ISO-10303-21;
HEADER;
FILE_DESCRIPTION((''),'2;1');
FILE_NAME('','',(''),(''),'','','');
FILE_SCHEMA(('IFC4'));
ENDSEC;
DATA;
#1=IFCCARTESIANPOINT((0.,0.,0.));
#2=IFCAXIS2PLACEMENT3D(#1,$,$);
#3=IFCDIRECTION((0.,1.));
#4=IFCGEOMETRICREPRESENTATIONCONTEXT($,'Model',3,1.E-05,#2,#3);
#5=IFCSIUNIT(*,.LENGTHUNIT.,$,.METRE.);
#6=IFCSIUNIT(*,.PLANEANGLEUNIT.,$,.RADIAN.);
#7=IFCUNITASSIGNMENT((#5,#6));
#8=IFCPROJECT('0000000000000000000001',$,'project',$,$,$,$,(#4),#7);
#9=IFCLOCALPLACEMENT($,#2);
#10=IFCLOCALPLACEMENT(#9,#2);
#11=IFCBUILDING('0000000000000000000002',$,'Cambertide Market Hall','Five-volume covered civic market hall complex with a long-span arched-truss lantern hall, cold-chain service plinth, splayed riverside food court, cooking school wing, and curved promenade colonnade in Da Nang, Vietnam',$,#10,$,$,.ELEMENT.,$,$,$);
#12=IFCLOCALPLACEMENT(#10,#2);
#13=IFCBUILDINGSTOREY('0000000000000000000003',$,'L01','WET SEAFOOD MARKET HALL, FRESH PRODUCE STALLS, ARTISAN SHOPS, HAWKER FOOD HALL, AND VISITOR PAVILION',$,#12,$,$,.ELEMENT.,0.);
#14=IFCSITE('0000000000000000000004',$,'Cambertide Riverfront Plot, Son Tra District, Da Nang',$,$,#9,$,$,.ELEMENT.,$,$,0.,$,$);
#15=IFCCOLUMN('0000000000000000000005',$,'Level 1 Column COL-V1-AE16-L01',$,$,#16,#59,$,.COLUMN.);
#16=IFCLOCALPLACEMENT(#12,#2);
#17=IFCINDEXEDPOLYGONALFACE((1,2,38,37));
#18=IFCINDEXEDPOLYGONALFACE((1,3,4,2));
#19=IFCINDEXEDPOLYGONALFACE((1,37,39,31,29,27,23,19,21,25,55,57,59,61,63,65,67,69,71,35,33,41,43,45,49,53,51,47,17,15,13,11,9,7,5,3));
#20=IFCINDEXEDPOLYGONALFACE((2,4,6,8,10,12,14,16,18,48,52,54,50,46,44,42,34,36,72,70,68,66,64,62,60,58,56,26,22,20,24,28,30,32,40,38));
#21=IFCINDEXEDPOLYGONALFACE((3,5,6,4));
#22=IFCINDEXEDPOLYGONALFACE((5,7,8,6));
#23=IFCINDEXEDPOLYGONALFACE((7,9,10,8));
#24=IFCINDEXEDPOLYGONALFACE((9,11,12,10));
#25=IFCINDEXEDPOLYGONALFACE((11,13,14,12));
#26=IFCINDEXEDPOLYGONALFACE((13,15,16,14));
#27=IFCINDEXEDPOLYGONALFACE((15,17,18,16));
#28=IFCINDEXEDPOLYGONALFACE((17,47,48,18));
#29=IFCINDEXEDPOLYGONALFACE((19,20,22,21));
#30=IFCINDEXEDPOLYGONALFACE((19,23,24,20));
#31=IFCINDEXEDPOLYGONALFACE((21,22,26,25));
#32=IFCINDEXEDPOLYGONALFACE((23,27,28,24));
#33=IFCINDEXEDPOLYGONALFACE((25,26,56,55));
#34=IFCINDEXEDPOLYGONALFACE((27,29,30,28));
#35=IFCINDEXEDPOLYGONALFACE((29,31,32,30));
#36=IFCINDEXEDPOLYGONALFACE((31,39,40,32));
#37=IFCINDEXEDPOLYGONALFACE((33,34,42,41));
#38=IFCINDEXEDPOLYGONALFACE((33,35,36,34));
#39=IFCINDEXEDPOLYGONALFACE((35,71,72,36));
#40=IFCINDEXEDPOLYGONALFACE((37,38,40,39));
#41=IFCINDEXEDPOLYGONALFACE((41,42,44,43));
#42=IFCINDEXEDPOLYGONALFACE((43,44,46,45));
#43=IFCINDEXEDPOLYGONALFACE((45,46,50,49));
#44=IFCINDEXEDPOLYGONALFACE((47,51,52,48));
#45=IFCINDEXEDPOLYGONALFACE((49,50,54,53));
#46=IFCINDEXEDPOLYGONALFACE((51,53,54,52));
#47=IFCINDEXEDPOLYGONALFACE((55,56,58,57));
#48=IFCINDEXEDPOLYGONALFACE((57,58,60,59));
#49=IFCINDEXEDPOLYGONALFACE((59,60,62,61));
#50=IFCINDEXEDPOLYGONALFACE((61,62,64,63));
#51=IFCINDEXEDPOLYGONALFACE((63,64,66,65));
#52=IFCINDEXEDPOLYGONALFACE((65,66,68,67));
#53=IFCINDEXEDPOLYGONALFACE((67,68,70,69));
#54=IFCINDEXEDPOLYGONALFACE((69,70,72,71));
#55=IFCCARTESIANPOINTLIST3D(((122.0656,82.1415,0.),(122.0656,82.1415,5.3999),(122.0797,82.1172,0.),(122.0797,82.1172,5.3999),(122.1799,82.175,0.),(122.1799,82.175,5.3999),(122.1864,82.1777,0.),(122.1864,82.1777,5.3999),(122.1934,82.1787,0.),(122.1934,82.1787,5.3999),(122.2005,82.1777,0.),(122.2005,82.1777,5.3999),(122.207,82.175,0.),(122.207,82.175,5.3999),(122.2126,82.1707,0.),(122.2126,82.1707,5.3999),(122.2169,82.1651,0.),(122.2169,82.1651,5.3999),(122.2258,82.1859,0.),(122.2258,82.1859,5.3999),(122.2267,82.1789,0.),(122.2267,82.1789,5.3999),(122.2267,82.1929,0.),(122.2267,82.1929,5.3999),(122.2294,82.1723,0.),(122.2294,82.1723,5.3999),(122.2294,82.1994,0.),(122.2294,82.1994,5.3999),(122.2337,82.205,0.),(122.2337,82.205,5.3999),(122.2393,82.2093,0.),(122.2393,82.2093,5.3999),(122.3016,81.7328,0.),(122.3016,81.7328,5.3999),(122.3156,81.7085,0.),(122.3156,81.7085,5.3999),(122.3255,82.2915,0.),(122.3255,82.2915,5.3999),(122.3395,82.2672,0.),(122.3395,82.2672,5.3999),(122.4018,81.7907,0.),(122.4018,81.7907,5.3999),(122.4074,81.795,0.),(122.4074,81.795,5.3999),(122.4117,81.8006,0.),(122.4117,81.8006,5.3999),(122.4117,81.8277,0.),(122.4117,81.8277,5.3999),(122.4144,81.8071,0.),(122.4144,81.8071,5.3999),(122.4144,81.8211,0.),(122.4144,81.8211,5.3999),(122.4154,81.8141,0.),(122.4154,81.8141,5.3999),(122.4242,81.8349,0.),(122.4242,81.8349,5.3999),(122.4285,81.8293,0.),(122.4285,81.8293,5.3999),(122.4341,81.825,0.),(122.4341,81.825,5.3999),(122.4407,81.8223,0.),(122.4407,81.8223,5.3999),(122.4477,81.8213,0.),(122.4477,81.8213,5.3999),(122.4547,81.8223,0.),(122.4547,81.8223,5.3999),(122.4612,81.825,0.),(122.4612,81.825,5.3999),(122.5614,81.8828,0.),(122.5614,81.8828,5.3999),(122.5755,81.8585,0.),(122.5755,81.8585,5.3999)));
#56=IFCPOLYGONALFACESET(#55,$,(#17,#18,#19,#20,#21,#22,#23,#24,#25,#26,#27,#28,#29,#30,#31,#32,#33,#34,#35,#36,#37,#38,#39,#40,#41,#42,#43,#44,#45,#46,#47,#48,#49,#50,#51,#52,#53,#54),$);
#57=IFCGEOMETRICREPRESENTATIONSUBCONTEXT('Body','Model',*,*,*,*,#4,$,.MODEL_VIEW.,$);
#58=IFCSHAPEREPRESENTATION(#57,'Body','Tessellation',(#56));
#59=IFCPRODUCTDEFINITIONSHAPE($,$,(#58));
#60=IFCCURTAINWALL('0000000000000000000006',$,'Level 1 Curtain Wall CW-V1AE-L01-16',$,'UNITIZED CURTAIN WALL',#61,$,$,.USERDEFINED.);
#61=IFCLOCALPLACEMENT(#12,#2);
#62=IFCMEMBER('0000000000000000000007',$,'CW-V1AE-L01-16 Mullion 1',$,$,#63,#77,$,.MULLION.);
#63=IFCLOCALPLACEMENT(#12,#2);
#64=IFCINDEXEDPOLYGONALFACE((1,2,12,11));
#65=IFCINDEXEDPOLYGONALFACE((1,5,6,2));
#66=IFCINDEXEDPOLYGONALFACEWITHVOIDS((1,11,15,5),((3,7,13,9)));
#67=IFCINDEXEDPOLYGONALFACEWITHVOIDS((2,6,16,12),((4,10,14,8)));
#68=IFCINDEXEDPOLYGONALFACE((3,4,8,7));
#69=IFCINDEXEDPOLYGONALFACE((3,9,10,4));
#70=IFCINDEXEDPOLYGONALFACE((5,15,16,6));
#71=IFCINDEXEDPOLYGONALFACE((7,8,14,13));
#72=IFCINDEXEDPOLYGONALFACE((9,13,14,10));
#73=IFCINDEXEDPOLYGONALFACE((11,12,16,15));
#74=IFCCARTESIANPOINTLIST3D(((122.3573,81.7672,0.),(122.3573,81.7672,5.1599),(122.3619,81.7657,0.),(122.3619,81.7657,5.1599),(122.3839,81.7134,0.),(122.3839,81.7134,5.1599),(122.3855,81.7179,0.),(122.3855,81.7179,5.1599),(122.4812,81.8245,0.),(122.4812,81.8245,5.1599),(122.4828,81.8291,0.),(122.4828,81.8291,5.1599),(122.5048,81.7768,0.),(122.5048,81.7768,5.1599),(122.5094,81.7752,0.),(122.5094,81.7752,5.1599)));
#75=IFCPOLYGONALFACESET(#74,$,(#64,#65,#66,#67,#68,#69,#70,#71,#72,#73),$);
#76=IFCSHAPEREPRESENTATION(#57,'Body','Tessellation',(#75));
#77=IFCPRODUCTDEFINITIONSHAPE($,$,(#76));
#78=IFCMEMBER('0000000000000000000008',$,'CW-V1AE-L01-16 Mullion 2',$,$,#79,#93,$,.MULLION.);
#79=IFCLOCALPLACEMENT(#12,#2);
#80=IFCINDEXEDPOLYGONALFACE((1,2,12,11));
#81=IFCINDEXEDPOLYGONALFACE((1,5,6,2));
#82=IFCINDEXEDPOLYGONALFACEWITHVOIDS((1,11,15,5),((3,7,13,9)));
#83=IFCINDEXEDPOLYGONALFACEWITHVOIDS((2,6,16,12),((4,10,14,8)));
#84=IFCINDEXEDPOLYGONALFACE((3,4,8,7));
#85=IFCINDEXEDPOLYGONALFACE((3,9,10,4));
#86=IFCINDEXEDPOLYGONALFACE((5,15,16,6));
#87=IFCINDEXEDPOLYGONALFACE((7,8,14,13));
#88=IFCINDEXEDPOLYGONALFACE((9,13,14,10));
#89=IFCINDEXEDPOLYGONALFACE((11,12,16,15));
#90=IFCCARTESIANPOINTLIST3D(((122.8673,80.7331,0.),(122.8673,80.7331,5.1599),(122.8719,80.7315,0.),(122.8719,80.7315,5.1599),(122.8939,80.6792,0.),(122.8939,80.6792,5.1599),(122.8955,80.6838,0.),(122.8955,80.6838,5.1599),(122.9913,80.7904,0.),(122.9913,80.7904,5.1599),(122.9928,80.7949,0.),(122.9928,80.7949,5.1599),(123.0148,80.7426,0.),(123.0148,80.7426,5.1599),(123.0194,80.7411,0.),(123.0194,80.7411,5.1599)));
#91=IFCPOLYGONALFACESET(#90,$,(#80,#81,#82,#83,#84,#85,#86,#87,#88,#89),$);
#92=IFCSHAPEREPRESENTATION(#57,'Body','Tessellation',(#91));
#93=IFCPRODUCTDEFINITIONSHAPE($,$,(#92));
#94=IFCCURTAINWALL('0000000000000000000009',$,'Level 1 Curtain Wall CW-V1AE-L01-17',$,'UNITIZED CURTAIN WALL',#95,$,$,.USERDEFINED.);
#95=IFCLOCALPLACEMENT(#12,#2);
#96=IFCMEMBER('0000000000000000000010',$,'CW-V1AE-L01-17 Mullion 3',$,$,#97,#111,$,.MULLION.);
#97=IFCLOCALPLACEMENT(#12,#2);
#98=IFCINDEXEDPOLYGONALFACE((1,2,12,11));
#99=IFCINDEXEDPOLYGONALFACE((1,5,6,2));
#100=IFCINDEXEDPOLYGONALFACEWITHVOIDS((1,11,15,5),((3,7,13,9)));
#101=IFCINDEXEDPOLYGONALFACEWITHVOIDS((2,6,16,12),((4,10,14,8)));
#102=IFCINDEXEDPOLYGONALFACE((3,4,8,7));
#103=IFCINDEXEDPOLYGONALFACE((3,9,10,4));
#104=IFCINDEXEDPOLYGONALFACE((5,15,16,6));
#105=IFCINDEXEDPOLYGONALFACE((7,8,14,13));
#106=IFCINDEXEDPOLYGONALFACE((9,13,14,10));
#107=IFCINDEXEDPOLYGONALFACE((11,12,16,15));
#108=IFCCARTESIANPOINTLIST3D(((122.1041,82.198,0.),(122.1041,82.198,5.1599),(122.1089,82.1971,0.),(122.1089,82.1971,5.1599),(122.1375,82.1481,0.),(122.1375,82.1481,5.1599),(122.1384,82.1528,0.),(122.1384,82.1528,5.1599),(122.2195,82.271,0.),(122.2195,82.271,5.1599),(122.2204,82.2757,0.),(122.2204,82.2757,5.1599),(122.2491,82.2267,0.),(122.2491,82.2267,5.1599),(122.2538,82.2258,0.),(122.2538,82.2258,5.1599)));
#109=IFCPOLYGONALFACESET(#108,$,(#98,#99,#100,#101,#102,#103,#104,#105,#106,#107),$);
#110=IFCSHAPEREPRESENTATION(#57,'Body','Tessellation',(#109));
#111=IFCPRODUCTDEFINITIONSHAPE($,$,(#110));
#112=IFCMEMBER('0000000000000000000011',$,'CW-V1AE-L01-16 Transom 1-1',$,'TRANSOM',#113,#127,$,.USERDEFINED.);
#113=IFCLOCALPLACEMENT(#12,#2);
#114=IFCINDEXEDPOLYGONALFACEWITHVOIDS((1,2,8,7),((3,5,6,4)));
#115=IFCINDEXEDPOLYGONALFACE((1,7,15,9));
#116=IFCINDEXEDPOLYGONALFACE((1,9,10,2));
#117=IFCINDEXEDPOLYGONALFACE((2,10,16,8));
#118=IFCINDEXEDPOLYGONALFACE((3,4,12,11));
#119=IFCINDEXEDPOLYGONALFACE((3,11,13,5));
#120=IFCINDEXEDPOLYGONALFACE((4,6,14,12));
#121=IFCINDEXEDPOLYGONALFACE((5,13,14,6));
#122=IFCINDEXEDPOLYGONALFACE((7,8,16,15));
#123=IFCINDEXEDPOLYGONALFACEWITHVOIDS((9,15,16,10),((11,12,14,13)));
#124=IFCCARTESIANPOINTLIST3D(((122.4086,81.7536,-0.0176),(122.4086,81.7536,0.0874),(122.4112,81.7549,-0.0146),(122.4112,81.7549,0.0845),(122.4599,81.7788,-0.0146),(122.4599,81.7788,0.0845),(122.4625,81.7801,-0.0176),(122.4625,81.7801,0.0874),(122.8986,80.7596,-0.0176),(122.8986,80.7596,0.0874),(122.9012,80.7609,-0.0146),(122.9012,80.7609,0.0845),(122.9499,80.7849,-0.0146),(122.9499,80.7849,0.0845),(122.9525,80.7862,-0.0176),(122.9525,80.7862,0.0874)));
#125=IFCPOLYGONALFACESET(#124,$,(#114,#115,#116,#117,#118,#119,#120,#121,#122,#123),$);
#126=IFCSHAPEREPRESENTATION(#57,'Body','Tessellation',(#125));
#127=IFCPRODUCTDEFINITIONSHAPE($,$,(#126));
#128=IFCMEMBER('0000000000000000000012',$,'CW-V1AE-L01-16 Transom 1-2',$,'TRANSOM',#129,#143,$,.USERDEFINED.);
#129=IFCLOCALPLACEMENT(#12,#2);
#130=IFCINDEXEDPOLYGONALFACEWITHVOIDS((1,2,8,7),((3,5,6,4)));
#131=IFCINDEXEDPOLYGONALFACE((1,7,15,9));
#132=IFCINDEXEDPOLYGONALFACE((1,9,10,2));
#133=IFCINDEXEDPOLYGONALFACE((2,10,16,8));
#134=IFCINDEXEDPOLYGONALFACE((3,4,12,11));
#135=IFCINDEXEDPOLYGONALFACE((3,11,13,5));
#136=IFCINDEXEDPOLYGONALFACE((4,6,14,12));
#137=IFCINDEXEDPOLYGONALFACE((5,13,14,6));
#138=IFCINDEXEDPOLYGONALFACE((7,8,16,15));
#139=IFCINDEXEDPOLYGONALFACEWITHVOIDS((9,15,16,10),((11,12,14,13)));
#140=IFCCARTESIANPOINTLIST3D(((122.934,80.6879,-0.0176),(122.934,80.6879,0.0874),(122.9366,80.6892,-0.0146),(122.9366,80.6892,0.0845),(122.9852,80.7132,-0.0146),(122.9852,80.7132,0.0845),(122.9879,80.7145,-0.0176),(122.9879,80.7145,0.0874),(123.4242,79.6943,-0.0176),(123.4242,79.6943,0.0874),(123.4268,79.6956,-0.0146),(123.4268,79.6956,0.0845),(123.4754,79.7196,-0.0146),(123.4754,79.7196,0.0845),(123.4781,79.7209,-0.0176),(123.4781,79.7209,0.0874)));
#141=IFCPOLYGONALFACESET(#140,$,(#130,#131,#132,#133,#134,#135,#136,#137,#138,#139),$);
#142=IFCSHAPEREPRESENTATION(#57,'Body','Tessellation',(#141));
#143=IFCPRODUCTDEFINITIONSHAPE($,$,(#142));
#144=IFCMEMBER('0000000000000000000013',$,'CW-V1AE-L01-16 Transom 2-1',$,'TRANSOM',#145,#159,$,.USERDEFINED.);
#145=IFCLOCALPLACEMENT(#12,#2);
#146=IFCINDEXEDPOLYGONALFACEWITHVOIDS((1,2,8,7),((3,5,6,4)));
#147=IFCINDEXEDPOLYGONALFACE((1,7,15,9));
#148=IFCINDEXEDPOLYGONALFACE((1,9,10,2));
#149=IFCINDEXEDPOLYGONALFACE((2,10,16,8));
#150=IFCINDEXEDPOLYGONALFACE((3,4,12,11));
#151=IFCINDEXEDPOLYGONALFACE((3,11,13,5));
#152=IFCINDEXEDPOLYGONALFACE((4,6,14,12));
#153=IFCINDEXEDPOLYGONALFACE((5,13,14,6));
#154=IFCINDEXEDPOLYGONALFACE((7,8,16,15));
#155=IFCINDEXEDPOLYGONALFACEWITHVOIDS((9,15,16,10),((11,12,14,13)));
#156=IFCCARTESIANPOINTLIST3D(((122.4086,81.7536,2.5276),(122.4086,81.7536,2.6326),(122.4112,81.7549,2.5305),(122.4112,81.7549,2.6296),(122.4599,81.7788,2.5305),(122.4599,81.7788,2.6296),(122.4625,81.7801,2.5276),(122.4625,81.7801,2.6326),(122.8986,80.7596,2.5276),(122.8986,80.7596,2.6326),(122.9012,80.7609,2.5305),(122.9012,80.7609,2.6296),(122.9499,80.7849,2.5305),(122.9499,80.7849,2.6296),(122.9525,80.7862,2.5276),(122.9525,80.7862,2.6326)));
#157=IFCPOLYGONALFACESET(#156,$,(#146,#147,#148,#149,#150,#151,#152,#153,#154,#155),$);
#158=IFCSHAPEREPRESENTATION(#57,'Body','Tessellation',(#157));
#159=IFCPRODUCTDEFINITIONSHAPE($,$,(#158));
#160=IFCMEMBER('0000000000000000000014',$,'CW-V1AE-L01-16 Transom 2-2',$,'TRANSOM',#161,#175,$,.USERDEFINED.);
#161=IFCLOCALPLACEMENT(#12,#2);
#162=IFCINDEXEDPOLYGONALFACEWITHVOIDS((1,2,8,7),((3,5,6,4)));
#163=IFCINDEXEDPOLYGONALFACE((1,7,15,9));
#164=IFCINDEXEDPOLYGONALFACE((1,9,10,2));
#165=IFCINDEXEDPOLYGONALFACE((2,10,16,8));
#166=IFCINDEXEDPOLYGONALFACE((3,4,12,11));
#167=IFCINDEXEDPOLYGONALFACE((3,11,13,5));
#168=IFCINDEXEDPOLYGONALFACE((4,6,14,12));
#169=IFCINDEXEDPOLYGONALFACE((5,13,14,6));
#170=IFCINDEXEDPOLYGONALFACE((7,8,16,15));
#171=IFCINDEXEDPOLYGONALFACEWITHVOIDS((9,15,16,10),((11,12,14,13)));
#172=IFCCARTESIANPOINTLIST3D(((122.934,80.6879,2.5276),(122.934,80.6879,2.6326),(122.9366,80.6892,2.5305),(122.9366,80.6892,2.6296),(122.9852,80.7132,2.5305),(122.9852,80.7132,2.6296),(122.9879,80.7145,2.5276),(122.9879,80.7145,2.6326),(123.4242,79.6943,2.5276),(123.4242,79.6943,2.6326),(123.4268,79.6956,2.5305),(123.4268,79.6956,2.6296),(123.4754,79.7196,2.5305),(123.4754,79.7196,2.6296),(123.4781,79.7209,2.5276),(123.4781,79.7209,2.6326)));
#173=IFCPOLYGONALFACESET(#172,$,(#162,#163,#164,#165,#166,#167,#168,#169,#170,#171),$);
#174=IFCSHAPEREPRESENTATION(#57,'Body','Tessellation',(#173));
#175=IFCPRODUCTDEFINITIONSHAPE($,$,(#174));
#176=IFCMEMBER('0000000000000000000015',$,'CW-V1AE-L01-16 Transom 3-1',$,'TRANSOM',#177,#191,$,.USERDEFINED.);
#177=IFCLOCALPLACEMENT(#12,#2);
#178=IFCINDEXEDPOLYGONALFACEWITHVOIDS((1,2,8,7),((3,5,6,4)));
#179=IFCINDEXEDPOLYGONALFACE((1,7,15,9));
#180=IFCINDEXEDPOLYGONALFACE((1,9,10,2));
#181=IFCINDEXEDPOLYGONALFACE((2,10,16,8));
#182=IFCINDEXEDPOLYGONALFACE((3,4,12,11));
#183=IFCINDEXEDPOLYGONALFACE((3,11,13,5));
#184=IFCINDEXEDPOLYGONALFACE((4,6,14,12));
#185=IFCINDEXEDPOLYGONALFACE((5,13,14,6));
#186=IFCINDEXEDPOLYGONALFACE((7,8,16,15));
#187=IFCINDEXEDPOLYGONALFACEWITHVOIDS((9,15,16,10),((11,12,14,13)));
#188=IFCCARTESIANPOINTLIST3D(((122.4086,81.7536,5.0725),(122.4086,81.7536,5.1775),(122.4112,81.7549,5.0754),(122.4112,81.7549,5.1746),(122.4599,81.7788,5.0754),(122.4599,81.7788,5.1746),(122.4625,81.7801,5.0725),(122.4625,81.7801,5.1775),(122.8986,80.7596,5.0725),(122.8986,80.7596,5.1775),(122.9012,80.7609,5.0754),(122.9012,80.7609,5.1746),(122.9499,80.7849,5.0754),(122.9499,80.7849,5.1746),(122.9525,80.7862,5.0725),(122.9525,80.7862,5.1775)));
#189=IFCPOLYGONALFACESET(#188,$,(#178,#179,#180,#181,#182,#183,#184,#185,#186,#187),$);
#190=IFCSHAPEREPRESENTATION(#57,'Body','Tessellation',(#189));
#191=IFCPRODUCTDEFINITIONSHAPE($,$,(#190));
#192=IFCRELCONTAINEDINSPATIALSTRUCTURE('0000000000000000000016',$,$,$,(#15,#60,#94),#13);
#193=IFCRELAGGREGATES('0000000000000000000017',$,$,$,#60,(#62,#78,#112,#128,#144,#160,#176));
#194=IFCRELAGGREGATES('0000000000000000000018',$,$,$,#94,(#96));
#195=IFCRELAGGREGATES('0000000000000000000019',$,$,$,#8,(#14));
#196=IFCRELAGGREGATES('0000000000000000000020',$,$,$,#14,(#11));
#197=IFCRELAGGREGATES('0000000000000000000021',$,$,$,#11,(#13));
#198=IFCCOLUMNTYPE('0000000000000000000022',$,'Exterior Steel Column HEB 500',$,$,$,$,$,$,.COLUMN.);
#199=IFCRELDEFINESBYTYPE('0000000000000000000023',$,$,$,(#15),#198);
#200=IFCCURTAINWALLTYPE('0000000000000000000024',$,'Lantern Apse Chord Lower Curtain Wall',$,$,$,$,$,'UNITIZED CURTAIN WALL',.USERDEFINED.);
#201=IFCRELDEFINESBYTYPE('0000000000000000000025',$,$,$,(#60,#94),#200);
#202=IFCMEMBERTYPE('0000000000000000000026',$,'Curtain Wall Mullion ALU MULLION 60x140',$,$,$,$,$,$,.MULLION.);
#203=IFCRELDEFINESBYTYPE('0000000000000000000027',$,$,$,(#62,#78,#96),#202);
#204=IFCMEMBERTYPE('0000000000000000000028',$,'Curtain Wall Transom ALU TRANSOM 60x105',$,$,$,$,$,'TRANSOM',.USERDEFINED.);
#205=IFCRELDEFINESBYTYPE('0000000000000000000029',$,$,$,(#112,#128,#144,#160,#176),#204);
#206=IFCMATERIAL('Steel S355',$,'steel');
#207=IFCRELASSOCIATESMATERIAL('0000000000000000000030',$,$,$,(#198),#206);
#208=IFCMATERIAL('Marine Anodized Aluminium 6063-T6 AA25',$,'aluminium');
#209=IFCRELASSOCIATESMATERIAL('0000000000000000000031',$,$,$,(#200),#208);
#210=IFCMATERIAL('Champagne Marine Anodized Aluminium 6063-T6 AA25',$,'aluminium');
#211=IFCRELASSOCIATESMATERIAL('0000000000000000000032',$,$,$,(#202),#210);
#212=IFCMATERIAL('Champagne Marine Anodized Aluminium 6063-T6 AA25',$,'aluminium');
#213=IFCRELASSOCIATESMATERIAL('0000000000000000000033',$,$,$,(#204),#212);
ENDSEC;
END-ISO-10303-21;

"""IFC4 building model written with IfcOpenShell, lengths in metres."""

from ifc_helpers import new_model, si_unit, direction, frame, origin, origin_2d, place, context, subcontext, project, spatial, hollow_rectangle, i_section, extrude, material, material_profile, profile_set, type_object, element, aggregate, save


model = new_model("IFC4")

# Units and contexts
model_context = context("Model", 3, precision=1e-05, world=origin(), true_north=direction((0.0, 1.0)))
body_context = subcontext(model_context, "Body", "Model", "MODEL_VIEW")
ifc_project = project(units=[si_unit("LENGTHUNIT", "METRE"), si_unit("PLANEANGLEUNIT", "RADIAN")], contexts=[model_context])

# Site, building, storey
site_placement = place(None, origin())
site = spatial("IfcSite", under=ifc_project, at=site_placement, Name="Cambertide Riverfront Plot, Son Tra District, Da Nang", CompositionType="ELEMENT", RefElevation=0.0)
building_placement = place(site_placement, origin())
building = spatial("IfcBuilding", under=site, at=building_placement, Name="Cambertide Market Hall", Description="Five-volume covered civic market hall complex with a long-span arched-truss lantern hall, cold-chain service plinth, splayed riverside food court, cooking school wing, and curved promenade colonnade in Da Nang, Vietnam", CompositionType="ELEMENT")
storey_placement = place(building_placement, origin())
storey = spatial("IfcBuildingStorey", under=building, at=storey_placement, Name="L01", Description="WET SEAFOOD MARKET HALL, FRESH PRODUCE STALLS, ARTISAN SHOPS, HAWKER FOOD HALL, AND VISITOR PAVILION", CompositionType="ELEMENT", Elevation=0.0)

# Column
ifc_material_1 = material(Name="Steel S355", Category="steel")
ifc_material_profile_1 = material_profile(ifc_material_1, i_section(OverallWidth=0.3, OverallDepth=0.5, WebThickness=0.0144, FlangeThickness=0.0281, FilletRadius=0.0271, at=origin_2d()), Name="HEB 500")
ifc_profile_set_1 = profile_set([ifc_material_profile_1], Name="Steel S355")
column_type = type_object("IfcColumnType", Name="Exterior Steel Column HEB 500", PredefinedType="COLUMN", material=ifc_profile_set_1)
column_placement = place(storey_placement, frame((122.3206, 82.0, 0.0), z_axis=(0.0, 0.0, 1.0), x_axis=(0.866025, 0.5, 0.0)))
element("IfcColumn", 1, at=column_placement, inside=storey, type_object=column_type, Name="Level 1 Column COL-V1-AE16-L01", PredefinedType="COLUMN", context=body_context, shape_type="SweptSolid", body=[
    extrude(i_section(OverallWidth=0.3, OverallDepth=0.5, WebThickness=0.0144, FlangeThickness=0.0281, FilletRadius=0.0271, at=origin_2d()), origin(), (0.0, 0.0, 1.0), 5.3999),
])

# Curtain wall, members
ifc_material_2 = material(Name="Marine Anodized Aluminium 6063-T6 AA25", Category="aluminium")
curtain_wall_type = type_object("IfcCurtainWallType", Name="Lantern Apse Chord Lower Curtain Wall", ElementType="UNITIZED CURTAIN WALL", PredefinedType="USERDEFINED", material=ifc_material_2)
curtain_wall_1_placement = place(storey_placement, origin())
curtain_wall_1 = element("IfcCurtainWall", 2, at=curtain_wall_1_placement, inside=storey, type_object=curtain_wall_type, Name="Level 1 Curtain Wall CW-V1AE-L01-16", ObjectType="UNITIZED CURTAIN WALL", PredefinedType="USERDEFINED")
ifc_material_3 = material(Name="Champagne Marine Anodized Aluminium 6063-T6 AA25", Category="aluminium")
ifc_material_profile_2 = material_profile(ifc_material_3, hollow_rectangle(XDim=0.0601, YDim=0.1399, WallThickness=0.0034, at=origin_2d()), Name="ALU MULLION 60x140")
ifc_profile_set_2 = profile_set([ifc_material_profile_2], Name="Champagne Marine Anodized Aluminium 6063-T6 AA25")
member_type_1 = type_object("IfcMemberType", Name="Curtain Wall Mullion ALU MULLION 60x140", PredefinedType="MULLION", material=ifc_profile_set_2)
member_1_placement = place(storey_placement, frame((122.4333, 81.7712, 0.0), z_axis=(0.0, 0.0, 1.0), x_axis=(0.442289, -0.896873, 0.0)))
member_1 = element("IfcMember", 3, at=member_1_placement, type_object=member_type_1, Name="CW-V1AE-L01-16 Mullion 1", PredefinedType="MULLION", context=body_context, shape_type="SweptSolid", body=[
    extrude(hollow_rectangle(XDim=0.0601, YDim=0.1399, WallThickness=0.0034, at=origin_2d()), origin(), (0.0, 0.0, 1.0), 5.1599),
])
member_2_placement = place(storey_placement, frame((122.9434, 80.7371, 0.0), z_axis=(0.0, 0.0, 1.0), x_axis=(0.442289, -0.896873, 0.0)))
member_2 = element("IfcMember", 4, at=member_2_placement, type_object=member_type_1, Name="CW-V1AE-L01-16 Mullion 2", PredefinedType="MULLION", context=body_context, shape_type="SweptSolid", body=[
    extrude(hollow_rectangle(XDim=0.0601, YDim=0.1399, WallThickness=0.0034, at=origin_2d()), origin(), (0.0, 0.0, 1.0), 5.1599),
])

# Curtain wall, member
curtain_wall_2_placement = place(storey_placement, origin())
curtain_wall_2 = element("IfcCurtainWall", 5, at=curtain_wall_2_placement, inside=storey, type_object=curtain_wall_type, Name="Level 1 Curtain Wall CW-V1AE-L01-17", ObjectType="UNITIZED CURTAIN WALL", PredefinedType="USERDEFINED")
member_3_placement = place(storey_placement, frame((122.179, 82.2119, 0.0), z_axis=(0.0, 0.0, 1.0), x_axis=(0.55557, -0.83147, 0.0)))
member_3 = element("IfcMember", 6, at=member_3_placement, type_object=member_type_1, Name="CW-V1AE-L01-17 Mullion 3", PredefinedType="MULLION", context=body_context, shape_type="SweptSolid", body=[
    extrude(hollow_rectangle(XDim=0.0601, YDim=0.1399, WallThickness=0.0034, at=origin_2d()), origin(), (0.0, 0.0, 1.0), 5.1599),
])

# Members
ifc_material_4 = material(Name="Champagne Marine Anodized Aluminium 6063-T6 AA25", Category="aluminium")
ifc_material_profile_3 = material_profile(ifc_material_4, hollow_rectangle(XDim=0.0601, YDim=0.105, WallThickness=0.0029, at=origin_2d()), Name="ALU TRANSOM 60x105")
ifc_profile_set_3 = profile_set([ifc_material_profile_3], Name="Champagne Marine Anodized Aluminium 6063-T6 AA25")
member_type_2 = type_object("IfcMemberType", Name="Curtain Wall Transom ALU TRANSOM 60x105", ElementType="TRANSOM", PredefinedType="USERDEFINED", material=ifc_profile_set_3)
member_4_placement = place(storey_placement, frame((122.4355, 81.7668, 0.0349), z_axis=(0.442183, -0.896925, 0.0), x_axis=(0.896925, 0.442183, 0.0)))
member_4 = element("IfcMember", 7, at=member_4_placement, type_object=member_type_2, Name="CW-V1AE-L01-16 Transom 1-1", ObjectType="TRANSOM", PredefinedType="USERDEFINED", context=body_context, shape_type="SweptSolid", body=[
    extrude(hollow_rectangle(XDim=0.0601, YDim=0.105, WallThickness=0.0029, at=origin_2d()), origin(), (0.0, 0.0, 1.0), 1.1082),
])
member_5_placement = place(storey_placement, frame((122.9609, 80.7012, 0.0349), z_axis=(0.442448, -0.896794, 0.0), x_axis=(0.896794, 0.442448, 0.0)))
member_5 = element("IfcMember", 8, at=member_5_placement, type_object=member_type_2, Name="CW-V1AE-L01-16 Transom 1-2", ObjectType="TRANSOM", PredefinedType="USERDEFINED", context=body_context, shape_type="SweptSolid", body=[
    extrude(hollow_rectangle(XDim=0.0601, YDim=0.105, WallThickness=0.0029, at=origin_2d()), origin(), (0.0, 0.0, 1.0), 1.1079),
])
member_6_placement = place(storey_placement, frame((122.4355, 81.7668, 2.5801), z_axis=(0.442183, -0.896925, 0.0), x_axis=(0.896925, 0.442183, 0.0)))
member_6 = element("IfcMember", 9, at=member_6_placement, type_object=member_type_2, Name="CW-V1AE-L01-16 Transom 2-1", ObjectType="TRANSOM", PredefinedType="USERDEFINED", context=body_context, shape_type="SweptSolid", body=[
    extrude(hollow_rectangle(XDim=0.0601, YDim=0.105, WallThickness=0.0029, at=origin_2d()), origin(), (0.0, 0.0, 1.0), 1.1082),
])
member_7_placement = place(storey_placement, frame((122.9609, 80.7012, 2.5801), z_axis=(0.442448, -0.896794, 0.0), x_axis=(0.896794, 0.442448, 0.0)))
member_7 = element("IfcMember", 10, at=member_7_placement, type_object=member_type_2, Name="CW-V1AE-L01-16 Transom 2-2", ObjectType="TRANSOM", PredefinedType="USERDEFINED", context=body_context, shape_type="SweptSolid", body=[
    extrude(hollow_rectangle(XDim=0.0601, YDim=0.105, WallThickness=0.0029, at=origin_2d()), origin(), (0.0, 0.0, 1.0), 1.1079),
])
member_8_placement = place(storey_placement, frame((122.4355, 81.7668, 5.125), z_axis=(0.442183, -0.896925, 0.0), x_axis=(0.896925, 0.442183, 0.0)))
member_8 = element("IfcMember", 11, at=member_8_placement, type_object=member_type_2, Name="CW-V1AE-L01-16 Transom 3-1", ObjectType="TRANSOM", PredefinedType="USERDEFINED", context=body_context, shape_type="SweptSolid", body=[
    extrude(hollow_rectangle(XDim=0.0601, YDim=0.105, WallThickness=0.0029, at=origin_2d()), origin(), (0.0, 0.0, 1.0), 1.1082),
])

aggregate(curtain_wall_1, [member_1, member_2, member_4, member_5, member_6, member_7, member_8])
aggregate(curtain_wall_2, [member_3])

save(model, "model.ifc")
